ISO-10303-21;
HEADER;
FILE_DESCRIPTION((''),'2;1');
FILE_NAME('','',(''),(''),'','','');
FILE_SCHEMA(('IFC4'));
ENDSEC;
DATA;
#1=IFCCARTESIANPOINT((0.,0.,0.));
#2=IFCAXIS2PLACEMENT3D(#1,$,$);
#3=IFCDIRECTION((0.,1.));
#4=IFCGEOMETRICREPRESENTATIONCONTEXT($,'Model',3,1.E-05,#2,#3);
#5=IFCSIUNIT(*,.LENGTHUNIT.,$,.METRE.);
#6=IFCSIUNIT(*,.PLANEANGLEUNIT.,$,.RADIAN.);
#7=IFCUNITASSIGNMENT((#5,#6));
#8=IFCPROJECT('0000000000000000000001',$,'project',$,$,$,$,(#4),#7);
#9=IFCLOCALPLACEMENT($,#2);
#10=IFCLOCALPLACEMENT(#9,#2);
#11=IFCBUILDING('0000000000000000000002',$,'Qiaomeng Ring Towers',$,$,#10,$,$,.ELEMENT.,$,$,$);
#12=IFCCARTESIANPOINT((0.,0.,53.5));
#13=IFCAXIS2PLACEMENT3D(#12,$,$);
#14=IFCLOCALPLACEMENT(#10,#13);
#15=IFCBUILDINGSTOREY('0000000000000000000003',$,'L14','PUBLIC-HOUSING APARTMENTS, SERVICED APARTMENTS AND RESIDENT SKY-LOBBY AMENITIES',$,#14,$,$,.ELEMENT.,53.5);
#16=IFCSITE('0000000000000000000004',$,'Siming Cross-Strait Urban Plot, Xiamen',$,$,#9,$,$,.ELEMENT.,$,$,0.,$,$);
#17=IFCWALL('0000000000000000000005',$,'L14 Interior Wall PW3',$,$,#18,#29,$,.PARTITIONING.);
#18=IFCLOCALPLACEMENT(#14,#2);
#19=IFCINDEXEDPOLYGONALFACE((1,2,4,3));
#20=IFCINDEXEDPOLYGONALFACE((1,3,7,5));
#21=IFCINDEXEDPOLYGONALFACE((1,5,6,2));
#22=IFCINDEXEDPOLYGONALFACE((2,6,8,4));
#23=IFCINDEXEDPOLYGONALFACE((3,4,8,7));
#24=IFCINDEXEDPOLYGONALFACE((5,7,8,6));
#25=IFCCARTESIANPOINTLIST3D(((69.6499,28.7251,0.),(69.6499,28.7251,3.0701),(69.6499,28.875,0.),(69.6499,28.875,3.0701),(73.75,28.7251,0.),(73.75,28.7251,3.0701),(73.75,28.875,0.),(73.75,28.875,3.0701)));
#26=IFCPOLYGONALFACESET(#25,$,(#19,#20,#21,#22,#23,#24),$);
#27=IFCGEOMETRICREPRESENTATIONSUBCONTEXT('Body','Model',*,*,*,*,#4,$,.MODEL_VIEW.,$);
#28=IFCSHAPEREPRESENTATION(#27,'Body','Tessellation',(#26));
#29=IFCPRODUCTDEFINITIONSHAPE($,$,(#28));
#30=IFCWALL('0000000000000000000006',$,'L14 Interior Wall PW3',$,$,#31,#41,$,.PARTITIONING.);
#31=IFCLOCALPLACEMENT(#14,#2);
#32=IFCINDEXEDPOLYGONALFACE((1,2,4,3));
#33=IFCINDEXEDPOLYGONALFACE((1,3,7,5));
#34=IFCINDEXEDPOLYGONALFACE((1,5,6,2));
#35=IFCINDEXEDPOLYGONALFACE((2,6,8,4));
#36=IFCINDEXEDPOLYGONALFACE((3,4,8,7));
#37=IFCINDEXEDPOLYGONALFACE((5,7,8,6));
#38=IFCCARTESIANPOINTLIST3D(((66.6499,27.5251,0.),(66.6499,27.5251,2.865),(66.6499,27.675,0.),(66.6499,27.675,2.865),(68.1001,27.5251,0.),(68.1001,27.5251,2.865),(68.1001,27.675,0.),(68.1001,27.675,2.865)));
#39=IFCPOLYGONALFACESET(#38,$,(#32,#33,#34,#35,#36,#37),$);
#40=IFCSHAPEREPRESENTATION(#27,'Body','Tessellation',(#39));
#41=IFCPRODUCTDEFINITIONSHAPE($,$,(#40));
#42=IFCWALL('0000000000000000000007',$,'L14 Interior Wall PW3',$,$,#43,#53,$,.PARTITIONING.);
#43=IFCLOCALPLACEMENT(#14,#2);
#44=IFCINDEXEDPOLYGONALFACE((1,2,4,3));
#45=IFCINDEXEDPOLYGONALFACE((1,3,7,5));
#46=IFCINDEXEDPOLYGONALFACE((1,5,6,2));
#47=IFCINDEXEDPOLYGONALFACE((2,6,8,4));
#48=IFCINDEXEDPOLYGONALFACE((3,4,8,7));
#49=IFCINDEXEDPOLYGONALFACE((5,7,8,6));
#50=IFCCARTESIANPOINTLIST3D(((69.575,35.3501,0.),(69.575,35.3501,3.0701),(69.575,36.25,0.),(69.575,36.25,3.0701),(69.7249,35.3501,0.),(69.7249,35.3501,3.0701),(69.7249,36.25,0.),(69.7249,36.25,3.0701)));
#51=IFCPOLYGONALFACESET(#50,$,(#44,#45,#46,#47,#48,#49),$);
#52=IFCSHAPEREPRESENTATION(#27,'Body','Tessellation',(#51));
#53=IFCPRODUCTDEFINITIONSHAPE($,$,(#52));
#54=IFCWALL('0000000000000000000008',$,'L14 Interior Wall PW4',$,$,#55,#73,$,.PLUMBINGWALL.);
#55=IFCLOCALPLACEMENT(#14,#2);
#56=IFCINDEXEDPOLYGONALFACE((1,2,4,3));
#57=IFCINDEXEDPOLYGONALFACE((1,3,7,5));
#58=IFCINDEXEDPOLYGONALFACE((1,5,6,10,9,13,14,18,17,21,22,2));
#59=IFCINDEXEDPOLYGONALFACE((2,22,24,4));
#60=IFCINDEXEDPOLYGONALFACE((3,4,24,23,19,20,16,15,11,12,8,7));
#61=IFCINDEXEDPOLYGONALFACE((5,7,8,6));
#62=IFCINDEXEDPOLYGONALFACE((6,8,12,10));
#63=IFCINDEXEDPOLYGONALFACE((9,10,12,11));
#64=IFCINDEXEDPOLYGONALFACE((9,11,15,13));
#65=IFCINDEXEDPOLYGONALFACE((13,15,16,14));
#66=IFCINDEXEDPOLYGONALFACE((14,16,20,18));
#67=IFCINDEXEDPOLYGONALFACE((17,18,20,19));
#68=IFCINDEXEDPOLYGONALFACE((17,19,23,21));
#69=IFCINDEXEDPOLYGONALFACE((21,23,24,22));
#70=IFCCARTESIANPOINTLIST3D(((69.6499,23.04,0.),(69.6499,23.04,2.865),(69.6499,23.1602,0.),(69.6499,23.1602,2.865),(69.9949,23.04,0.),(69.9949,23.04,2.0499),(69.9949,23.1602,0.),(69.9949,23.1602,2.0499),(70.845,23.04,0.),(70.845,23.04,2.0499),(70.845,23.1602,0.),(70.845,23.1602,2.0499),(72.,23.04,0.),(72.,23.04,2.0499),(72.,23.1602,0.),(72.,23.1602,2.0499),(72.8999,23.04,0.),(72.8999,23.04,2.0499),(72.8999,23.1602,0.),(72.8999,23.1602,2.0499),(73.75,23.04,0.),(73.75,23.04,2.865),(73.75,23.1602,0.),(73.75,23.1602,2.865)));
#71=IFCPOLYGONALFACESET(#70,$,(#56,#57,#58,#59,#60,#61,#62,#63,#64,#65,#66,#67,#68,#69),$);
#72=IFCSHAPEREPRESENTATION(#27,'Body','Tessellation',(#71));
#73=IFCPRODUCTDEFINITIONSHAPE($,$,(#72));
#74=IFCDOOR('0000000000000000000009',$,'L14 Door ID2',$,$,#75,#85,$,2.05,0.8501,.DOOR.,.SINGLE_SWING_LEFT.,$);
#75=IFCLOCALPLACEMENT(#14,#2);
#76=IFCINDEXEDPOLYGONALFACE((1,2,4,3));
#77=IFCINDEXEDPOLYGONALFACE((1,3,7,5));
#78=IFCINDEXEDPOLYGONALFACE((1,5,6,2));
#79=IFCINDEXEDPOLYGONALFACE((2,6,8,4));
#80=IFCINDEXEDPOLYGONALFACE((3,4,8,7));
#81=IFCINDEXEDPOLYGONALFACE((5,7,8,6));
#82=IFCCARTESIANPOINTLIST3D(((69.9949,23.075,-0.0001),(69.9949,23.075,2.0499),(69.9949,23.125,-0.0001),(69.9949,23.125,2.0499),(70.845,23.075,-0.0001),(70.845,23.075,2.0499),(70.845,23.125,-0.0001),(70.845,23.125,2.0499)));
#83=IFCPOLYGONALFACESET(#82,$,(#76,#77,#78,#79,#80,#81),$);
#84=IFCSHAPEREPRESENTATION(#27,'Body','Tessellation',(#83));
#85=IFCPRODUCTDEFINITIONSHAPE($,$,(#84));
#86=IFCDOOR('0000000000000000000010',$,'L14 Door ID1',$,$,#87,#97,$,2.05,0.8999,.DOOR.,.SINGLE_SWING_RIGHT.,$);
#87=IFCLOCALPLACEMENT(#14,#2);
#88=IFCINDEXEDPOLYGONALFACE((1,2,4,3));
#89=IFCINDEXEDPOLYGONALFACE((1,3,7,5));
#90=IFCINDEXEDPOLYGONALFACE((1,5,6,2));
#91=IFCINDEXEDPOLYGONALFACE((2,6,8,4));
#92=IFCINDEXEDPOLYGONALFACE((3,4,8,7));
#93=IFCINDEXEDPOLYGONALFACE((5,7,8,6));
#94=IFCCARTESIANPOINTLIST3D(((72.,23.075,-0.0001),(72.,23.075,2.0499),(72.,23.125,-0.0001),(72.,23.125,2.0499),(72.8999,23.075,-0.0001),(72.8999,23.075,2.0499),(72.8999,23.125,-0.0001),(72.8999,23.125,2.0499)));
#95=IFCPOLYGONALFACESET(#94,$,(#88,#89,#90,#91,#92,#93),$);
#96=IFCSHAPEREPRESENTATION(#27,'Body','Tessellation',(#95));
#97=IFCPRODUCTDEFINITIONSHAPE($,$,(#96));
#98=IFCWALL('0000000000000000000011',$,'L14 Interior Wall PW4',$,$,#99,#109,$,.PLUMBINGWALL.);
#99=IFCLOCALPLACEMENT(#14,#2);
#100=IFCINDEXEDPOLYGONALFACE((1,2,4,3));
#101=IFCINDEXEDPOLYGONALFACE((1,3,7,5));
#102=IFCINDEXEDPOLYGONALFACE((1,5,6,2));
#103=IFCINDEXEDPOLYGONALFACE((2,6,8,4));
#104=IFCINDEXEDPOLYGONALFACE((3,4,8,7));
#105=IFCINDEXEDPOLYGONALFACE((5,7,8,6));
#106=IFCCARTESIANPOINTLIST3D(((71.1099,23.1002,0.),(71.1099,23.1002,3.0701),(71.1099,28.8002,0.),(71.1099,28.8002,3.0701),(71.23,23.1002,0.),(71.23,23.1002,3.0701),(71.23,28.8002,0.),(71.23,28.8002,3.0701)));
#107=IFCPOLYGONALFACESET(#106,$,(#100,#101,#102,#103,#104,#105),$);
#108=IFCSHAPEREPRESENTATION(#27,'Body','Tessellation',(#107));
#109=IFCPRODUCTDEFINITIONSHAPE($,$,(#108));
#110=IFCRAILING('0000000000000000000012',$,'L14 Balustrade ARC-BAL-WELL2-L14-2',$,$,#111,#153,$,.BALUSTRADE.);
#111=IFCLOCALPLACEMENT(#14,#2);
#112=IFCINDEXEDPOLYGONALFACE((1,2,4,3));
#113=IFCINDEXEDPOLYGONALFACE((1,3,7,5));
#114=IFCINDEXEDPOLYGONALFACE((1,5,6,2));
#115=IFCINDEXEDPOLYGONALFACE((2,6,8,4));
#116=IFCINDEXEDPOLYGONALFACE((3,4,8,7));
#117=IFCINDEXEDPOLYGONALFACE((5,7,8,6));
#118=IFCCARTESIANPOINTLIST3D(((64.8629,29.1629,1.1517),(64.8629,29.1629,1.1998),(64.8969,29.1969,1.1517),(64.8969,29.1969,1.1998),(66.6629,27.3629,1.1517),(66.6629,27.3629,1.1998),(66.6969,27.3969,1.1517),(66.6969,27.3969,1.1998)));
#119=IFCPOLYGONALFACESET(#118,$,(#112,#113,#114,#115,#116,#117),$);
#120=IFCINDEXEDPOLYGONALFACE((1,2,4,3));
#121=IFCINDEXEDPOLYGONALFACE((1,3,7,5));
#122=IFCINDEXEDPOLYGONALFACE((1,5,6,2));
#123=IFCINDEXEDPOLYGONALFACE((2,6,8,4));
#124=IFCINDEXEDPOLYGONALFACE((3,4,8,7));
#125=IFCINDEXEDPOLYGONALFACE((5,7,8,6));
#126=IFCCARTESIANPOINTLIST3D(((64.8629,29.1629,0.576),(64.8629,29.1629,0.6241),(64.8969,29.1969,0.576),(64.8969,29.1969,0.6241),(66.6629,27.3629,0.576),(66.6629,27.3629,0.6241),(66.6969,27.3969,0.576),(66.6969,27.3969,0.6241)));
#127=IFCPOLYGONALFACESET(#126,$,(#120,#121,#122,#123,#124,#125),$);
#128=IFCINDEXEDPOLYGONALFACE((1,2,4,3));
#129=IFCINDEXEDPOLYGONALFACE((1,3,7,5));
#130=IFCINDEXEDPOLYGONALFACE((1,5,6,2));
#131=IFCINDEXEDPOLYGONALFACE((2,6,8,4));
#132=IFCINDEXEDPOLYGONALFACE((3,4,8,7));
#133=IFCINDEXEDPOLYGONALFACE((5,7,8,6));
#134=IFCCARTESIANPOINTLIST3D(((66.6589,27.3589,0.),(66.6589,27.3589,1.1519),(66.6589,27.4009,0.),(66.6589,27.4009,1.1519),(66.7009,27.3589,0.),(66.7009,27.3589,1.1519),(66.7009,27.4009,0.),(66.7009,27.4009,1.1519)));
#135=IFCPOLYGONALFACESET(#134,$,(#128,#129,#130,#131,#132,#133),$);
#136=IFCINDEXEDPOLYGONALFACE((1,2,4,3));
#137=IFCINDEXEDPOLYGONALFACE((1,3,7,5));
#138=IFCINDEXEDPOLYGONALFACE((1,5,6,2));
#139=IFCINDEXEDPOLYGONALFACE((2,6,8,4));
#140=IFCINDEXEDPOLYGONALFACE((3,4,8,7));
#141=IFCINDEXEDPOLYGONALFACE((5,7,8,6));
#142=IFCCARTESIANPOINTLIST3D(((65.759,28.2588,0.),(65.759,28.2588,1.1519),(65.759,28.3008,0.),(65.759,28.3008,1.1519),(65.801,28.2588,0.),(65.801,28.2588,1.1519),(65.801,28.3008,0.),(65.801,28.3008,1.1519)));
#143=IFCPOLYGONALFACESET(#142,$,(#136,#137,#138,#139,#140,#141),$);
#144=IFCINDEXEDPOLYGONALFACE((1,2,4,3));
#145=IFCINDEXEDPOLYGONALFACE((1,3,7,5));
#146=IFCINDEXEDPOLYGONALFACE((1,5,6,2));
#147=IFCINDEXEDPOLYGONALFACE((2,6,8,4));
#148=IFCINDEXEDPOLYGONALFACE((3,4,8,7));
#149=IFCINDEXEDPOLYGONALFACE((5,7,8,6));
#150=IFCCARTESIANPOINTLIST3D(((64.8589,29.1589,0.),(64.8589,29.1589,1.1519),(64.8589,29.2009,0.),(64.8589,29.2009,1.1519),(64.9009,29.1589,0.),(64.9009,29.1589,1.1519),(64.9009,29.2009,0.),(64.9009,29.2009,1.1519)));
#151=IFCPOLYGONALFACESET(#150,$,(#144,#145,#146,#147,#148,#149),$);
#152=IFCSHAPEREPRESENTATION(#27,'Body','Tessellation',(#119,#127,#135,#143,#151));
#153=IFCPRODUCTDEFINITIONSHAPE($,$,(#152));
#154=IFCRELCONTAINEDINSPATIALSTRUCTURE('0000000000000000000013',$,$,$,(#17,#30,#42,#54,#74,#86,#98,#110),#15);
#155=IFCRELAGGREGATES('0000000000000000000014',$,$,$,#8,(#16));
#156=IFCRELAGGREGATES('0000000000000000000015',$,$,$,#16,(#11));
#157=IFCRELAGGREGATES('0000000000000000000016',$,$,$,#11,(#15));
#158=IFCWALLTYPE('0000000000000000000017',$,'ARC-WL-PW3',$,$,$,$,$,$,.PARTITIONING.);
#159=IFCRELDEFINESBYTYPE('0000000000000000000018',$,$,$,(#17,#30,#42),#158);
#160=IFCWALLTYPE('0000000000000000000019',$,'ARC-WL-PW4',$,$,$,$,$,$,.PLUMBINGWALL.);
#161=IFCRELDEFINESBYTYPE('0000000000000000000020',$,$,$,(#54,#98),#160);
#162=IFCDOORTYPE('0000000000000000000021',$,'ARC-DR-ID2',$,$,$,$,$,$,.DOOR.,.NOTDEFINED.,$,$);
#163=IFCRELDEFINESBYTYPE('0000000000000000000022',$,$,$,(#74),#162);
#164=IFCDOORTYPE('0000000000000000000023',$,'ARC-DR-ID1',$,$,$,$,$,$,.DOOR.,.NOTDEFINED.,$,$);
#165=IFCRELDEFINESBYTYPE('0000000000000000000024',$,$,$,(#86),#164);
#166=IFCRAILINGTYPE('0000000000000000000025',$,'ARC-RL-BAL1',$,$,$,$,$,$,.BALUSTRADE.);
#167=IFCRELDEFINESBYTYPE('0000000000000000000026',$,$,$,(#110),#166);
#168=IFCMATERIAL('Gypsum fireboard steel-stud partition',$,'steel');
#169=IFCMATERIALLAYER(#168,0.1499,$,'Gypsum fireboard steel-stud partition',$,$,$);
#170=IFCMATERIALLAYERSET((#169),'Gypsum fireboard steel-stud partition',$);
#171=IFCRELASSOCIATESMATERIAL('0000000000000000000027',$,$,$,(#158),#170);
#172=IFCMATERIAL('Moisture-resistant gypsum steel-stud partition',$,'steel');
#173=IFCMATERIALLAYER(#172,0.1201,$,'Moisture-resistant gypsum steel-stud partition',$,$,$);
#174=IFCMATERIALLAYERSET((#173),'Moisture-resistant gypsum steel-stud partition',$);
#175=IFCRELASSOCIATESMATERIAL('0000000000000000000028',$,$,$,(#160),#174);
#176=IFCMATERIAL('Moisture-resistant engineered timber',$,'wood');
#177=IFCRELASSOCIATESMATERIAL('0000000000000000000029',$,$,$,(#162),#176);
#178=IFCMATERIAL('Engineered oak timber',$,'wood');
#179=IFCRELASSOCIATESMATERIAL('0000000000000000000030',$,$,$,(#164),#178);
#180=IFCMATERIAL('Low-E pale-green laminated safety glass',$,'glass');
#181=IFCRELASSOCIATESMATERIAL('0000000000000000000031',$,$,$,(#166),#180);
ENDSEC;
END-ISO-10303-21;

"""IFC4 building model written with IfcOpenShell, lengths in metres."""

from ifc_helpers import new_model, si_unit, direction, frame, frame_2d, origin, origin_2d, place, context, subcontext, project, spatial, rectangle, extrude, source, transform, mapped, material, layer, layer_set, type_object, element, fill, save


model = new_model("IFC4")

# Units and contexts
model_context = context("Model", 3, precision=1e-05, world=origin(), true_north=direction((0.0, 1.0)))
body_context = subcontext(model_context, "Body", "Model", "MODEL_VIEW")
ifc_project = project(units=[si_unit("LENGTHUNIT", "METRE"), si_unit("PLANEANGLEUNIT", "RADIAN")], contexts=[model_context])

# Site, building, storey
site_placement = place(None, origin())
site = spatial("IfcSite", under=ifc_project, at=site_placement, Name="Siming Cross-Strait Urban Plot, Xiamen", CompositionType="ELEMENT", RefElevation=0.0)
building_placement = place(site_placement, origin())
building = spatial("IfcBuilding", under=site, at=building_placement, Name="Qiaomeng Ring Towers", CompositionType="ELEMENT")
storey_placement = place(building_placement, frame((0.0, 0.0, 53.5)))
storey = spatial("IfcBuildingStorey", under=building, at=storey_placement, Name="L14", Description="PUBLIC-HOUSING APARTMENTS, SERVICED APARTMENTS AND RESIDENT SKY-LOBBY AMENITIES", CompositionType="ELEMENT", Elevation=53.5)

# Walls
ifc_material_1 = material(Name="Gypsum fireboard steel-stud partition", Category="steel")
ifc_layer_1 = layer(ifc_material_1, 0.1499, Name="Gypsum fireboard steel-stud partition")
ifc_layer_set_1 = layer_set([ifc_layer_1], Name="Gypsum fireboard steel-stud partition")
wall_type_1 = type_object("IfcWallType", Name="ARC-WL-PW3", PredefinedType="PARTITIONING", material=ifc_layer_set_1)
wall_1_placement = place(storey_placement, frame((69.6499, 28.8, 0.0), z_axis=(0.0, 0.0, 1.0), x_axis=(1.0, 0.0, 0.0)))
element("IfcWall", 1, at=wall_1_placement, inside=storey, type_object=wall_type_1, Name="L14 Interior Wall PW3", PredefinedType="PARTITIONING", context=body_context, shape_type="SweptSolid", body=[
    extrude(rectangle(XDim=4.1001, YDim=0.1499, at=frame_2d((2.05, 0.0))), origin(), (0.0, 0.0, 1.0), 3.0701),
])
wall_2_placement = place(storey_placement, frame((66.6499, 27.6001, 0.0), z_axis=(0.0, 0.0, 1.0), x_axis=(1.0, 0.0, 0.0)))
element("IfcWall", 2, at=wall_2_placement, inside=storey, type_object=wall_type_1, Name="L14 Interior Wall PW3", PredefinedType="PARTITIONING", context=body_context, shape_type="SweptSolid", body=[
    extrude(rectangle(XDim=1.4502, YDim=0.1499, at=frame_2d((0.7251, 0.0))), origin(), (0.0, 0.0, 1.0), 2.865),
])
wall_3_placement = place(storey_placement, frame((69.6499, 35.3501, 0.0), z_axis=(0.0, 0.0, 1.0), x_axis=(0.0, 1.0, 0.0)))
element("IfcWall", 3, at=wall_3_placement, inside=storey, type_object=wall_type_1, Name="L14 Interior Wall PW3", PredefinedType="PARTITIONING", context=body_context, shape_type="SweptSolid", body=[
    extrude(rectangle(XDim=0.8999, YDim=0.1499, at=frame_2d((0.45, 0.0))), origin(), (0.0, 0.0, 1.0), 3.0701),
])

# Wall, openings, doors
ifc_material_2 = material(Name="Moisture-resistant gypsum steel-stud partition", Category="steel")
ifc_layer_2 = layer(ifc_material_2, 0.1201, Name="Moisture-resistant gypsum steel-stud partition")
ifc_layer_set_2 = layer_set([ifc_layer_2], Name="Moisture-resistant gypsum steel-stud partition")
wall_type_2 = type_object("IfcWallType", Name="ARC-WL-PW4", PredefinedType="PLUMBINGWALL", material=ifc_layer_set_2)
wall_4_placement = place(storey_placement, frame((69.6499, 23.1001, 0.0), z_axis=(0.0, 0.0, 1.0), x_axis=(1.0, 0.0, 0.0)))
wall_4 = element("IfcWall", 4, at=wall_4_placement, inside=storey, type_object=wall_type_2, Name="L14 Interior Wall PW4", PredefinedType="PLUMBINGWALL", context=body_context, shape_type="SweptSolid", body=[
    extrude(rectangle(XDim=4.1001, YDim=0.1201, at=frame_2d((2.05, 0.0))), origin(), (0.0, 0.0, 1.0), 2.865),
])
opening_1_placement = place(wall_4_placement, frame((0.345, 0.0, 0.0)))
opening_1 = element("IfcOpeningElement", 5, at=opening_1_placement, cuts=wall_4, PredefinedType="OPENING", context=body_context, shape_type="SweptSolid", body=[
    extrude(rectangle(XDim=0.8501, YDim=2.05, at=frame_2d((0.425, 1.0249))), frame((0.0, 0.0701, 0.0), z_axis=(0.0, -1.0, 0.0), x_axis=(1.0, 0.0, 0.0)), (0.0, 0.0, 1.0), 0.1401),
])
opening_2_placement = place(wall_4_placement, frame((2.3501, 0.0, 0.0)))
opening_2 = element("IfcOpeningElement", 6, at=opening_2_placement, cuts=wall_4, PredefinedType="OPENING", context=body_context, shape_type="SweptSolid", body=[
    extrude(rectangle(XDim=0.8999, YDim=2.05, at=frame_2d((0.45, 1.0249))), frame((0.0, 0.0701, 0.0), z_axis=(0.0, -1.0, 0.0), x_axis=(1.0, 0.0, 0.0)), (0.0, 0.0, 1.0), 0.1401),
])
ifc_material_3 = material(Name="Moisture-resistant engineered timber", Category="wood")
door_type_1 = type_object("IfcDoorType", Name="ARC-DR-ID2", OperationType="NOTDEFINED", PredefinedType="DOOR", material=ifc_material_3)
shared_shape_1 = source(origin(), body_context, "Body", "SweptSolid", [
    extrude(rectangle(XDim=0.8501, YDim=2.05, at=frame_2d((0.425, 1.0249))), frame((0.0, 0.0249, 0.0), z_axis=(0.0, -1.0, 0.0), x_axis=(1.0, 0.0, 0.0)), (0.0, 0.0, 1.0), 0.05),
])
door_1_placement = place(opening_1_placement, origin())
door_1 = element("IfcDoor", 7, at=door_1_placement, inside=storey, type_object=door_type_1, Name="L14 Door ID2", OperationType="SINGLE_SWING_LEFT", OverallHeight=2.05, OverallWidth=0.8501, PredefinedType="DOOR", context=body_context, shape_type="MappedRepresentation", body=[
    mapped(shared_shape_1, transform((0.0, 0.0, 0.0), x_axis=(1.0, 0.0, 0.0), y_axis=(0.0, 1.0, 0.0), z_axis=(0.0, 0.0, 1.0), scale=1.0)),
])
fill(opening_1, door_1)
ifc_material_4 = material(Name="Engineered oak timber", Category="wood")
door_type_2 = type_object("IfcDoorType", Name="ARC-DR-ID1", OperationType="NOTDEFINED", PredefinedType="DOOR", material=ifc_material_4)
shared_shape_2 = source(origin(), body_context, "Body", "SweptSolid", [
    extrude(rectangle(XDim=0.8999, YDim=2.05, at=frame_2d((0.45, 1.0249))), frame((0.0, 0.0249, 0.0), z_axis=(0.0, -1.0, 0.0), x_axis=(1.0, 0.0, 0.0)), (0.0, 0.0, 1.0), 0.05),
])
door_2_placement = place(opening_2_placement, origin())
door_2 = element("IfcDoor", 8, at=door_2_placement, inside=storey, type_object=door_type_2, Name="L14 Door ID1", OperationType="SINGLE_SWING_RIGHT", OverallHeight=2.05, OverallWidth=0.8999, PredefinedType="DOOR", context=body_context, shape_type="MappedRepresentation", body=[
    mapped(shared_shape_2, transform((0.0, 0.0, 0.0), x_axis=(1.0, 0.0, 0.0), y_axis=(0.0, 1.0, 0.0), z_axis=(0.0, 0.0, 1.0), scale=1.0)),
])
fill(opening_2, door_2)

# Wall
wall_5_placement = place(storey_placement, frame((71.1699, 23.1001, 0.0), z_axis=(0.0, 0.0, 1.0), x_axis=(0.0, 1.0, 0.0)))
element("IfcWall", 9, at=wall_5_placement, inside=storey, type_object=wall_type_2, Name="L14 Interior Wall PW4", PredefinedType="PLUMBINGWALL", context=body_context, shape_type="SweptSolid", body=[
    extrude(rectangle(XDim=5.7, YDim=0.1201, at=frame_2d((2.8501, 0.0))), origin(), (0.0, 0.0, 1.0), 3.0701),
])

# Railing
ifc_material_5 = material(Name="Low-E pale-green laminated safety glass", Category="glass")
railing_type = type_object("IfcRailingType", Name="ARC-RL-BAL1", PredefinedType="BALUSTRADE", material=ifc_material_5)
railing_1_placement = place(storey_placement, frame((66.6799, 27.3799, 0.0)))
element("IfcRailing", 10, at=railing_1_placement, inside=storey, type_object=railing_type, Name="L14 Balustrade ARC-BAL-WELL2-L14-2", PredefinedType="BALUSTRADE", context=body_context, shape_type="SweptSolid", body=[
    extrude(rectangle(XDim=0.0481, YDim=0.0481, at=origin_2d()), frame((0.0, 0.0, 1.1758), z_axis=(-0.707107, 0.707107, 0.0), x_axis=(-0.707107, -0.707107, 0.0)), (0.0, 0.0, 1.0), 2.5457),
    extrude(rectangle(XDim=0.0481, YDim=0.0481, at=origin_2d()), frame((0.0, 0.0, 0.6001), z_axis=(-0.707107, 0.707107, 0.0), x_axis=(-0.707107, -0.707107, 0.0)), (0.0, 0.0, 1.0), 2.5457),
    extrude(rectangle(XDim=0.042, YDim=0.042, at=origin_2d()), origin(), (0.0, 0.0, 1.0), 1.1519),
    extrude(rectangle(XDim=0.042, YDim=0.042, at=origin_2d()), frame((-0.8999, 0.8999, 0.0)), (0.0, 0.0, 1.0), 1.1519),
    extrude(rectangle(XDim=0.042, YDim=0.042, at=origin_2d()), frame((-1.8, 1.8, 0.0)), (0.0, 0.0, 1.0), 1.1519),
])

save(model, "model.ifc")
